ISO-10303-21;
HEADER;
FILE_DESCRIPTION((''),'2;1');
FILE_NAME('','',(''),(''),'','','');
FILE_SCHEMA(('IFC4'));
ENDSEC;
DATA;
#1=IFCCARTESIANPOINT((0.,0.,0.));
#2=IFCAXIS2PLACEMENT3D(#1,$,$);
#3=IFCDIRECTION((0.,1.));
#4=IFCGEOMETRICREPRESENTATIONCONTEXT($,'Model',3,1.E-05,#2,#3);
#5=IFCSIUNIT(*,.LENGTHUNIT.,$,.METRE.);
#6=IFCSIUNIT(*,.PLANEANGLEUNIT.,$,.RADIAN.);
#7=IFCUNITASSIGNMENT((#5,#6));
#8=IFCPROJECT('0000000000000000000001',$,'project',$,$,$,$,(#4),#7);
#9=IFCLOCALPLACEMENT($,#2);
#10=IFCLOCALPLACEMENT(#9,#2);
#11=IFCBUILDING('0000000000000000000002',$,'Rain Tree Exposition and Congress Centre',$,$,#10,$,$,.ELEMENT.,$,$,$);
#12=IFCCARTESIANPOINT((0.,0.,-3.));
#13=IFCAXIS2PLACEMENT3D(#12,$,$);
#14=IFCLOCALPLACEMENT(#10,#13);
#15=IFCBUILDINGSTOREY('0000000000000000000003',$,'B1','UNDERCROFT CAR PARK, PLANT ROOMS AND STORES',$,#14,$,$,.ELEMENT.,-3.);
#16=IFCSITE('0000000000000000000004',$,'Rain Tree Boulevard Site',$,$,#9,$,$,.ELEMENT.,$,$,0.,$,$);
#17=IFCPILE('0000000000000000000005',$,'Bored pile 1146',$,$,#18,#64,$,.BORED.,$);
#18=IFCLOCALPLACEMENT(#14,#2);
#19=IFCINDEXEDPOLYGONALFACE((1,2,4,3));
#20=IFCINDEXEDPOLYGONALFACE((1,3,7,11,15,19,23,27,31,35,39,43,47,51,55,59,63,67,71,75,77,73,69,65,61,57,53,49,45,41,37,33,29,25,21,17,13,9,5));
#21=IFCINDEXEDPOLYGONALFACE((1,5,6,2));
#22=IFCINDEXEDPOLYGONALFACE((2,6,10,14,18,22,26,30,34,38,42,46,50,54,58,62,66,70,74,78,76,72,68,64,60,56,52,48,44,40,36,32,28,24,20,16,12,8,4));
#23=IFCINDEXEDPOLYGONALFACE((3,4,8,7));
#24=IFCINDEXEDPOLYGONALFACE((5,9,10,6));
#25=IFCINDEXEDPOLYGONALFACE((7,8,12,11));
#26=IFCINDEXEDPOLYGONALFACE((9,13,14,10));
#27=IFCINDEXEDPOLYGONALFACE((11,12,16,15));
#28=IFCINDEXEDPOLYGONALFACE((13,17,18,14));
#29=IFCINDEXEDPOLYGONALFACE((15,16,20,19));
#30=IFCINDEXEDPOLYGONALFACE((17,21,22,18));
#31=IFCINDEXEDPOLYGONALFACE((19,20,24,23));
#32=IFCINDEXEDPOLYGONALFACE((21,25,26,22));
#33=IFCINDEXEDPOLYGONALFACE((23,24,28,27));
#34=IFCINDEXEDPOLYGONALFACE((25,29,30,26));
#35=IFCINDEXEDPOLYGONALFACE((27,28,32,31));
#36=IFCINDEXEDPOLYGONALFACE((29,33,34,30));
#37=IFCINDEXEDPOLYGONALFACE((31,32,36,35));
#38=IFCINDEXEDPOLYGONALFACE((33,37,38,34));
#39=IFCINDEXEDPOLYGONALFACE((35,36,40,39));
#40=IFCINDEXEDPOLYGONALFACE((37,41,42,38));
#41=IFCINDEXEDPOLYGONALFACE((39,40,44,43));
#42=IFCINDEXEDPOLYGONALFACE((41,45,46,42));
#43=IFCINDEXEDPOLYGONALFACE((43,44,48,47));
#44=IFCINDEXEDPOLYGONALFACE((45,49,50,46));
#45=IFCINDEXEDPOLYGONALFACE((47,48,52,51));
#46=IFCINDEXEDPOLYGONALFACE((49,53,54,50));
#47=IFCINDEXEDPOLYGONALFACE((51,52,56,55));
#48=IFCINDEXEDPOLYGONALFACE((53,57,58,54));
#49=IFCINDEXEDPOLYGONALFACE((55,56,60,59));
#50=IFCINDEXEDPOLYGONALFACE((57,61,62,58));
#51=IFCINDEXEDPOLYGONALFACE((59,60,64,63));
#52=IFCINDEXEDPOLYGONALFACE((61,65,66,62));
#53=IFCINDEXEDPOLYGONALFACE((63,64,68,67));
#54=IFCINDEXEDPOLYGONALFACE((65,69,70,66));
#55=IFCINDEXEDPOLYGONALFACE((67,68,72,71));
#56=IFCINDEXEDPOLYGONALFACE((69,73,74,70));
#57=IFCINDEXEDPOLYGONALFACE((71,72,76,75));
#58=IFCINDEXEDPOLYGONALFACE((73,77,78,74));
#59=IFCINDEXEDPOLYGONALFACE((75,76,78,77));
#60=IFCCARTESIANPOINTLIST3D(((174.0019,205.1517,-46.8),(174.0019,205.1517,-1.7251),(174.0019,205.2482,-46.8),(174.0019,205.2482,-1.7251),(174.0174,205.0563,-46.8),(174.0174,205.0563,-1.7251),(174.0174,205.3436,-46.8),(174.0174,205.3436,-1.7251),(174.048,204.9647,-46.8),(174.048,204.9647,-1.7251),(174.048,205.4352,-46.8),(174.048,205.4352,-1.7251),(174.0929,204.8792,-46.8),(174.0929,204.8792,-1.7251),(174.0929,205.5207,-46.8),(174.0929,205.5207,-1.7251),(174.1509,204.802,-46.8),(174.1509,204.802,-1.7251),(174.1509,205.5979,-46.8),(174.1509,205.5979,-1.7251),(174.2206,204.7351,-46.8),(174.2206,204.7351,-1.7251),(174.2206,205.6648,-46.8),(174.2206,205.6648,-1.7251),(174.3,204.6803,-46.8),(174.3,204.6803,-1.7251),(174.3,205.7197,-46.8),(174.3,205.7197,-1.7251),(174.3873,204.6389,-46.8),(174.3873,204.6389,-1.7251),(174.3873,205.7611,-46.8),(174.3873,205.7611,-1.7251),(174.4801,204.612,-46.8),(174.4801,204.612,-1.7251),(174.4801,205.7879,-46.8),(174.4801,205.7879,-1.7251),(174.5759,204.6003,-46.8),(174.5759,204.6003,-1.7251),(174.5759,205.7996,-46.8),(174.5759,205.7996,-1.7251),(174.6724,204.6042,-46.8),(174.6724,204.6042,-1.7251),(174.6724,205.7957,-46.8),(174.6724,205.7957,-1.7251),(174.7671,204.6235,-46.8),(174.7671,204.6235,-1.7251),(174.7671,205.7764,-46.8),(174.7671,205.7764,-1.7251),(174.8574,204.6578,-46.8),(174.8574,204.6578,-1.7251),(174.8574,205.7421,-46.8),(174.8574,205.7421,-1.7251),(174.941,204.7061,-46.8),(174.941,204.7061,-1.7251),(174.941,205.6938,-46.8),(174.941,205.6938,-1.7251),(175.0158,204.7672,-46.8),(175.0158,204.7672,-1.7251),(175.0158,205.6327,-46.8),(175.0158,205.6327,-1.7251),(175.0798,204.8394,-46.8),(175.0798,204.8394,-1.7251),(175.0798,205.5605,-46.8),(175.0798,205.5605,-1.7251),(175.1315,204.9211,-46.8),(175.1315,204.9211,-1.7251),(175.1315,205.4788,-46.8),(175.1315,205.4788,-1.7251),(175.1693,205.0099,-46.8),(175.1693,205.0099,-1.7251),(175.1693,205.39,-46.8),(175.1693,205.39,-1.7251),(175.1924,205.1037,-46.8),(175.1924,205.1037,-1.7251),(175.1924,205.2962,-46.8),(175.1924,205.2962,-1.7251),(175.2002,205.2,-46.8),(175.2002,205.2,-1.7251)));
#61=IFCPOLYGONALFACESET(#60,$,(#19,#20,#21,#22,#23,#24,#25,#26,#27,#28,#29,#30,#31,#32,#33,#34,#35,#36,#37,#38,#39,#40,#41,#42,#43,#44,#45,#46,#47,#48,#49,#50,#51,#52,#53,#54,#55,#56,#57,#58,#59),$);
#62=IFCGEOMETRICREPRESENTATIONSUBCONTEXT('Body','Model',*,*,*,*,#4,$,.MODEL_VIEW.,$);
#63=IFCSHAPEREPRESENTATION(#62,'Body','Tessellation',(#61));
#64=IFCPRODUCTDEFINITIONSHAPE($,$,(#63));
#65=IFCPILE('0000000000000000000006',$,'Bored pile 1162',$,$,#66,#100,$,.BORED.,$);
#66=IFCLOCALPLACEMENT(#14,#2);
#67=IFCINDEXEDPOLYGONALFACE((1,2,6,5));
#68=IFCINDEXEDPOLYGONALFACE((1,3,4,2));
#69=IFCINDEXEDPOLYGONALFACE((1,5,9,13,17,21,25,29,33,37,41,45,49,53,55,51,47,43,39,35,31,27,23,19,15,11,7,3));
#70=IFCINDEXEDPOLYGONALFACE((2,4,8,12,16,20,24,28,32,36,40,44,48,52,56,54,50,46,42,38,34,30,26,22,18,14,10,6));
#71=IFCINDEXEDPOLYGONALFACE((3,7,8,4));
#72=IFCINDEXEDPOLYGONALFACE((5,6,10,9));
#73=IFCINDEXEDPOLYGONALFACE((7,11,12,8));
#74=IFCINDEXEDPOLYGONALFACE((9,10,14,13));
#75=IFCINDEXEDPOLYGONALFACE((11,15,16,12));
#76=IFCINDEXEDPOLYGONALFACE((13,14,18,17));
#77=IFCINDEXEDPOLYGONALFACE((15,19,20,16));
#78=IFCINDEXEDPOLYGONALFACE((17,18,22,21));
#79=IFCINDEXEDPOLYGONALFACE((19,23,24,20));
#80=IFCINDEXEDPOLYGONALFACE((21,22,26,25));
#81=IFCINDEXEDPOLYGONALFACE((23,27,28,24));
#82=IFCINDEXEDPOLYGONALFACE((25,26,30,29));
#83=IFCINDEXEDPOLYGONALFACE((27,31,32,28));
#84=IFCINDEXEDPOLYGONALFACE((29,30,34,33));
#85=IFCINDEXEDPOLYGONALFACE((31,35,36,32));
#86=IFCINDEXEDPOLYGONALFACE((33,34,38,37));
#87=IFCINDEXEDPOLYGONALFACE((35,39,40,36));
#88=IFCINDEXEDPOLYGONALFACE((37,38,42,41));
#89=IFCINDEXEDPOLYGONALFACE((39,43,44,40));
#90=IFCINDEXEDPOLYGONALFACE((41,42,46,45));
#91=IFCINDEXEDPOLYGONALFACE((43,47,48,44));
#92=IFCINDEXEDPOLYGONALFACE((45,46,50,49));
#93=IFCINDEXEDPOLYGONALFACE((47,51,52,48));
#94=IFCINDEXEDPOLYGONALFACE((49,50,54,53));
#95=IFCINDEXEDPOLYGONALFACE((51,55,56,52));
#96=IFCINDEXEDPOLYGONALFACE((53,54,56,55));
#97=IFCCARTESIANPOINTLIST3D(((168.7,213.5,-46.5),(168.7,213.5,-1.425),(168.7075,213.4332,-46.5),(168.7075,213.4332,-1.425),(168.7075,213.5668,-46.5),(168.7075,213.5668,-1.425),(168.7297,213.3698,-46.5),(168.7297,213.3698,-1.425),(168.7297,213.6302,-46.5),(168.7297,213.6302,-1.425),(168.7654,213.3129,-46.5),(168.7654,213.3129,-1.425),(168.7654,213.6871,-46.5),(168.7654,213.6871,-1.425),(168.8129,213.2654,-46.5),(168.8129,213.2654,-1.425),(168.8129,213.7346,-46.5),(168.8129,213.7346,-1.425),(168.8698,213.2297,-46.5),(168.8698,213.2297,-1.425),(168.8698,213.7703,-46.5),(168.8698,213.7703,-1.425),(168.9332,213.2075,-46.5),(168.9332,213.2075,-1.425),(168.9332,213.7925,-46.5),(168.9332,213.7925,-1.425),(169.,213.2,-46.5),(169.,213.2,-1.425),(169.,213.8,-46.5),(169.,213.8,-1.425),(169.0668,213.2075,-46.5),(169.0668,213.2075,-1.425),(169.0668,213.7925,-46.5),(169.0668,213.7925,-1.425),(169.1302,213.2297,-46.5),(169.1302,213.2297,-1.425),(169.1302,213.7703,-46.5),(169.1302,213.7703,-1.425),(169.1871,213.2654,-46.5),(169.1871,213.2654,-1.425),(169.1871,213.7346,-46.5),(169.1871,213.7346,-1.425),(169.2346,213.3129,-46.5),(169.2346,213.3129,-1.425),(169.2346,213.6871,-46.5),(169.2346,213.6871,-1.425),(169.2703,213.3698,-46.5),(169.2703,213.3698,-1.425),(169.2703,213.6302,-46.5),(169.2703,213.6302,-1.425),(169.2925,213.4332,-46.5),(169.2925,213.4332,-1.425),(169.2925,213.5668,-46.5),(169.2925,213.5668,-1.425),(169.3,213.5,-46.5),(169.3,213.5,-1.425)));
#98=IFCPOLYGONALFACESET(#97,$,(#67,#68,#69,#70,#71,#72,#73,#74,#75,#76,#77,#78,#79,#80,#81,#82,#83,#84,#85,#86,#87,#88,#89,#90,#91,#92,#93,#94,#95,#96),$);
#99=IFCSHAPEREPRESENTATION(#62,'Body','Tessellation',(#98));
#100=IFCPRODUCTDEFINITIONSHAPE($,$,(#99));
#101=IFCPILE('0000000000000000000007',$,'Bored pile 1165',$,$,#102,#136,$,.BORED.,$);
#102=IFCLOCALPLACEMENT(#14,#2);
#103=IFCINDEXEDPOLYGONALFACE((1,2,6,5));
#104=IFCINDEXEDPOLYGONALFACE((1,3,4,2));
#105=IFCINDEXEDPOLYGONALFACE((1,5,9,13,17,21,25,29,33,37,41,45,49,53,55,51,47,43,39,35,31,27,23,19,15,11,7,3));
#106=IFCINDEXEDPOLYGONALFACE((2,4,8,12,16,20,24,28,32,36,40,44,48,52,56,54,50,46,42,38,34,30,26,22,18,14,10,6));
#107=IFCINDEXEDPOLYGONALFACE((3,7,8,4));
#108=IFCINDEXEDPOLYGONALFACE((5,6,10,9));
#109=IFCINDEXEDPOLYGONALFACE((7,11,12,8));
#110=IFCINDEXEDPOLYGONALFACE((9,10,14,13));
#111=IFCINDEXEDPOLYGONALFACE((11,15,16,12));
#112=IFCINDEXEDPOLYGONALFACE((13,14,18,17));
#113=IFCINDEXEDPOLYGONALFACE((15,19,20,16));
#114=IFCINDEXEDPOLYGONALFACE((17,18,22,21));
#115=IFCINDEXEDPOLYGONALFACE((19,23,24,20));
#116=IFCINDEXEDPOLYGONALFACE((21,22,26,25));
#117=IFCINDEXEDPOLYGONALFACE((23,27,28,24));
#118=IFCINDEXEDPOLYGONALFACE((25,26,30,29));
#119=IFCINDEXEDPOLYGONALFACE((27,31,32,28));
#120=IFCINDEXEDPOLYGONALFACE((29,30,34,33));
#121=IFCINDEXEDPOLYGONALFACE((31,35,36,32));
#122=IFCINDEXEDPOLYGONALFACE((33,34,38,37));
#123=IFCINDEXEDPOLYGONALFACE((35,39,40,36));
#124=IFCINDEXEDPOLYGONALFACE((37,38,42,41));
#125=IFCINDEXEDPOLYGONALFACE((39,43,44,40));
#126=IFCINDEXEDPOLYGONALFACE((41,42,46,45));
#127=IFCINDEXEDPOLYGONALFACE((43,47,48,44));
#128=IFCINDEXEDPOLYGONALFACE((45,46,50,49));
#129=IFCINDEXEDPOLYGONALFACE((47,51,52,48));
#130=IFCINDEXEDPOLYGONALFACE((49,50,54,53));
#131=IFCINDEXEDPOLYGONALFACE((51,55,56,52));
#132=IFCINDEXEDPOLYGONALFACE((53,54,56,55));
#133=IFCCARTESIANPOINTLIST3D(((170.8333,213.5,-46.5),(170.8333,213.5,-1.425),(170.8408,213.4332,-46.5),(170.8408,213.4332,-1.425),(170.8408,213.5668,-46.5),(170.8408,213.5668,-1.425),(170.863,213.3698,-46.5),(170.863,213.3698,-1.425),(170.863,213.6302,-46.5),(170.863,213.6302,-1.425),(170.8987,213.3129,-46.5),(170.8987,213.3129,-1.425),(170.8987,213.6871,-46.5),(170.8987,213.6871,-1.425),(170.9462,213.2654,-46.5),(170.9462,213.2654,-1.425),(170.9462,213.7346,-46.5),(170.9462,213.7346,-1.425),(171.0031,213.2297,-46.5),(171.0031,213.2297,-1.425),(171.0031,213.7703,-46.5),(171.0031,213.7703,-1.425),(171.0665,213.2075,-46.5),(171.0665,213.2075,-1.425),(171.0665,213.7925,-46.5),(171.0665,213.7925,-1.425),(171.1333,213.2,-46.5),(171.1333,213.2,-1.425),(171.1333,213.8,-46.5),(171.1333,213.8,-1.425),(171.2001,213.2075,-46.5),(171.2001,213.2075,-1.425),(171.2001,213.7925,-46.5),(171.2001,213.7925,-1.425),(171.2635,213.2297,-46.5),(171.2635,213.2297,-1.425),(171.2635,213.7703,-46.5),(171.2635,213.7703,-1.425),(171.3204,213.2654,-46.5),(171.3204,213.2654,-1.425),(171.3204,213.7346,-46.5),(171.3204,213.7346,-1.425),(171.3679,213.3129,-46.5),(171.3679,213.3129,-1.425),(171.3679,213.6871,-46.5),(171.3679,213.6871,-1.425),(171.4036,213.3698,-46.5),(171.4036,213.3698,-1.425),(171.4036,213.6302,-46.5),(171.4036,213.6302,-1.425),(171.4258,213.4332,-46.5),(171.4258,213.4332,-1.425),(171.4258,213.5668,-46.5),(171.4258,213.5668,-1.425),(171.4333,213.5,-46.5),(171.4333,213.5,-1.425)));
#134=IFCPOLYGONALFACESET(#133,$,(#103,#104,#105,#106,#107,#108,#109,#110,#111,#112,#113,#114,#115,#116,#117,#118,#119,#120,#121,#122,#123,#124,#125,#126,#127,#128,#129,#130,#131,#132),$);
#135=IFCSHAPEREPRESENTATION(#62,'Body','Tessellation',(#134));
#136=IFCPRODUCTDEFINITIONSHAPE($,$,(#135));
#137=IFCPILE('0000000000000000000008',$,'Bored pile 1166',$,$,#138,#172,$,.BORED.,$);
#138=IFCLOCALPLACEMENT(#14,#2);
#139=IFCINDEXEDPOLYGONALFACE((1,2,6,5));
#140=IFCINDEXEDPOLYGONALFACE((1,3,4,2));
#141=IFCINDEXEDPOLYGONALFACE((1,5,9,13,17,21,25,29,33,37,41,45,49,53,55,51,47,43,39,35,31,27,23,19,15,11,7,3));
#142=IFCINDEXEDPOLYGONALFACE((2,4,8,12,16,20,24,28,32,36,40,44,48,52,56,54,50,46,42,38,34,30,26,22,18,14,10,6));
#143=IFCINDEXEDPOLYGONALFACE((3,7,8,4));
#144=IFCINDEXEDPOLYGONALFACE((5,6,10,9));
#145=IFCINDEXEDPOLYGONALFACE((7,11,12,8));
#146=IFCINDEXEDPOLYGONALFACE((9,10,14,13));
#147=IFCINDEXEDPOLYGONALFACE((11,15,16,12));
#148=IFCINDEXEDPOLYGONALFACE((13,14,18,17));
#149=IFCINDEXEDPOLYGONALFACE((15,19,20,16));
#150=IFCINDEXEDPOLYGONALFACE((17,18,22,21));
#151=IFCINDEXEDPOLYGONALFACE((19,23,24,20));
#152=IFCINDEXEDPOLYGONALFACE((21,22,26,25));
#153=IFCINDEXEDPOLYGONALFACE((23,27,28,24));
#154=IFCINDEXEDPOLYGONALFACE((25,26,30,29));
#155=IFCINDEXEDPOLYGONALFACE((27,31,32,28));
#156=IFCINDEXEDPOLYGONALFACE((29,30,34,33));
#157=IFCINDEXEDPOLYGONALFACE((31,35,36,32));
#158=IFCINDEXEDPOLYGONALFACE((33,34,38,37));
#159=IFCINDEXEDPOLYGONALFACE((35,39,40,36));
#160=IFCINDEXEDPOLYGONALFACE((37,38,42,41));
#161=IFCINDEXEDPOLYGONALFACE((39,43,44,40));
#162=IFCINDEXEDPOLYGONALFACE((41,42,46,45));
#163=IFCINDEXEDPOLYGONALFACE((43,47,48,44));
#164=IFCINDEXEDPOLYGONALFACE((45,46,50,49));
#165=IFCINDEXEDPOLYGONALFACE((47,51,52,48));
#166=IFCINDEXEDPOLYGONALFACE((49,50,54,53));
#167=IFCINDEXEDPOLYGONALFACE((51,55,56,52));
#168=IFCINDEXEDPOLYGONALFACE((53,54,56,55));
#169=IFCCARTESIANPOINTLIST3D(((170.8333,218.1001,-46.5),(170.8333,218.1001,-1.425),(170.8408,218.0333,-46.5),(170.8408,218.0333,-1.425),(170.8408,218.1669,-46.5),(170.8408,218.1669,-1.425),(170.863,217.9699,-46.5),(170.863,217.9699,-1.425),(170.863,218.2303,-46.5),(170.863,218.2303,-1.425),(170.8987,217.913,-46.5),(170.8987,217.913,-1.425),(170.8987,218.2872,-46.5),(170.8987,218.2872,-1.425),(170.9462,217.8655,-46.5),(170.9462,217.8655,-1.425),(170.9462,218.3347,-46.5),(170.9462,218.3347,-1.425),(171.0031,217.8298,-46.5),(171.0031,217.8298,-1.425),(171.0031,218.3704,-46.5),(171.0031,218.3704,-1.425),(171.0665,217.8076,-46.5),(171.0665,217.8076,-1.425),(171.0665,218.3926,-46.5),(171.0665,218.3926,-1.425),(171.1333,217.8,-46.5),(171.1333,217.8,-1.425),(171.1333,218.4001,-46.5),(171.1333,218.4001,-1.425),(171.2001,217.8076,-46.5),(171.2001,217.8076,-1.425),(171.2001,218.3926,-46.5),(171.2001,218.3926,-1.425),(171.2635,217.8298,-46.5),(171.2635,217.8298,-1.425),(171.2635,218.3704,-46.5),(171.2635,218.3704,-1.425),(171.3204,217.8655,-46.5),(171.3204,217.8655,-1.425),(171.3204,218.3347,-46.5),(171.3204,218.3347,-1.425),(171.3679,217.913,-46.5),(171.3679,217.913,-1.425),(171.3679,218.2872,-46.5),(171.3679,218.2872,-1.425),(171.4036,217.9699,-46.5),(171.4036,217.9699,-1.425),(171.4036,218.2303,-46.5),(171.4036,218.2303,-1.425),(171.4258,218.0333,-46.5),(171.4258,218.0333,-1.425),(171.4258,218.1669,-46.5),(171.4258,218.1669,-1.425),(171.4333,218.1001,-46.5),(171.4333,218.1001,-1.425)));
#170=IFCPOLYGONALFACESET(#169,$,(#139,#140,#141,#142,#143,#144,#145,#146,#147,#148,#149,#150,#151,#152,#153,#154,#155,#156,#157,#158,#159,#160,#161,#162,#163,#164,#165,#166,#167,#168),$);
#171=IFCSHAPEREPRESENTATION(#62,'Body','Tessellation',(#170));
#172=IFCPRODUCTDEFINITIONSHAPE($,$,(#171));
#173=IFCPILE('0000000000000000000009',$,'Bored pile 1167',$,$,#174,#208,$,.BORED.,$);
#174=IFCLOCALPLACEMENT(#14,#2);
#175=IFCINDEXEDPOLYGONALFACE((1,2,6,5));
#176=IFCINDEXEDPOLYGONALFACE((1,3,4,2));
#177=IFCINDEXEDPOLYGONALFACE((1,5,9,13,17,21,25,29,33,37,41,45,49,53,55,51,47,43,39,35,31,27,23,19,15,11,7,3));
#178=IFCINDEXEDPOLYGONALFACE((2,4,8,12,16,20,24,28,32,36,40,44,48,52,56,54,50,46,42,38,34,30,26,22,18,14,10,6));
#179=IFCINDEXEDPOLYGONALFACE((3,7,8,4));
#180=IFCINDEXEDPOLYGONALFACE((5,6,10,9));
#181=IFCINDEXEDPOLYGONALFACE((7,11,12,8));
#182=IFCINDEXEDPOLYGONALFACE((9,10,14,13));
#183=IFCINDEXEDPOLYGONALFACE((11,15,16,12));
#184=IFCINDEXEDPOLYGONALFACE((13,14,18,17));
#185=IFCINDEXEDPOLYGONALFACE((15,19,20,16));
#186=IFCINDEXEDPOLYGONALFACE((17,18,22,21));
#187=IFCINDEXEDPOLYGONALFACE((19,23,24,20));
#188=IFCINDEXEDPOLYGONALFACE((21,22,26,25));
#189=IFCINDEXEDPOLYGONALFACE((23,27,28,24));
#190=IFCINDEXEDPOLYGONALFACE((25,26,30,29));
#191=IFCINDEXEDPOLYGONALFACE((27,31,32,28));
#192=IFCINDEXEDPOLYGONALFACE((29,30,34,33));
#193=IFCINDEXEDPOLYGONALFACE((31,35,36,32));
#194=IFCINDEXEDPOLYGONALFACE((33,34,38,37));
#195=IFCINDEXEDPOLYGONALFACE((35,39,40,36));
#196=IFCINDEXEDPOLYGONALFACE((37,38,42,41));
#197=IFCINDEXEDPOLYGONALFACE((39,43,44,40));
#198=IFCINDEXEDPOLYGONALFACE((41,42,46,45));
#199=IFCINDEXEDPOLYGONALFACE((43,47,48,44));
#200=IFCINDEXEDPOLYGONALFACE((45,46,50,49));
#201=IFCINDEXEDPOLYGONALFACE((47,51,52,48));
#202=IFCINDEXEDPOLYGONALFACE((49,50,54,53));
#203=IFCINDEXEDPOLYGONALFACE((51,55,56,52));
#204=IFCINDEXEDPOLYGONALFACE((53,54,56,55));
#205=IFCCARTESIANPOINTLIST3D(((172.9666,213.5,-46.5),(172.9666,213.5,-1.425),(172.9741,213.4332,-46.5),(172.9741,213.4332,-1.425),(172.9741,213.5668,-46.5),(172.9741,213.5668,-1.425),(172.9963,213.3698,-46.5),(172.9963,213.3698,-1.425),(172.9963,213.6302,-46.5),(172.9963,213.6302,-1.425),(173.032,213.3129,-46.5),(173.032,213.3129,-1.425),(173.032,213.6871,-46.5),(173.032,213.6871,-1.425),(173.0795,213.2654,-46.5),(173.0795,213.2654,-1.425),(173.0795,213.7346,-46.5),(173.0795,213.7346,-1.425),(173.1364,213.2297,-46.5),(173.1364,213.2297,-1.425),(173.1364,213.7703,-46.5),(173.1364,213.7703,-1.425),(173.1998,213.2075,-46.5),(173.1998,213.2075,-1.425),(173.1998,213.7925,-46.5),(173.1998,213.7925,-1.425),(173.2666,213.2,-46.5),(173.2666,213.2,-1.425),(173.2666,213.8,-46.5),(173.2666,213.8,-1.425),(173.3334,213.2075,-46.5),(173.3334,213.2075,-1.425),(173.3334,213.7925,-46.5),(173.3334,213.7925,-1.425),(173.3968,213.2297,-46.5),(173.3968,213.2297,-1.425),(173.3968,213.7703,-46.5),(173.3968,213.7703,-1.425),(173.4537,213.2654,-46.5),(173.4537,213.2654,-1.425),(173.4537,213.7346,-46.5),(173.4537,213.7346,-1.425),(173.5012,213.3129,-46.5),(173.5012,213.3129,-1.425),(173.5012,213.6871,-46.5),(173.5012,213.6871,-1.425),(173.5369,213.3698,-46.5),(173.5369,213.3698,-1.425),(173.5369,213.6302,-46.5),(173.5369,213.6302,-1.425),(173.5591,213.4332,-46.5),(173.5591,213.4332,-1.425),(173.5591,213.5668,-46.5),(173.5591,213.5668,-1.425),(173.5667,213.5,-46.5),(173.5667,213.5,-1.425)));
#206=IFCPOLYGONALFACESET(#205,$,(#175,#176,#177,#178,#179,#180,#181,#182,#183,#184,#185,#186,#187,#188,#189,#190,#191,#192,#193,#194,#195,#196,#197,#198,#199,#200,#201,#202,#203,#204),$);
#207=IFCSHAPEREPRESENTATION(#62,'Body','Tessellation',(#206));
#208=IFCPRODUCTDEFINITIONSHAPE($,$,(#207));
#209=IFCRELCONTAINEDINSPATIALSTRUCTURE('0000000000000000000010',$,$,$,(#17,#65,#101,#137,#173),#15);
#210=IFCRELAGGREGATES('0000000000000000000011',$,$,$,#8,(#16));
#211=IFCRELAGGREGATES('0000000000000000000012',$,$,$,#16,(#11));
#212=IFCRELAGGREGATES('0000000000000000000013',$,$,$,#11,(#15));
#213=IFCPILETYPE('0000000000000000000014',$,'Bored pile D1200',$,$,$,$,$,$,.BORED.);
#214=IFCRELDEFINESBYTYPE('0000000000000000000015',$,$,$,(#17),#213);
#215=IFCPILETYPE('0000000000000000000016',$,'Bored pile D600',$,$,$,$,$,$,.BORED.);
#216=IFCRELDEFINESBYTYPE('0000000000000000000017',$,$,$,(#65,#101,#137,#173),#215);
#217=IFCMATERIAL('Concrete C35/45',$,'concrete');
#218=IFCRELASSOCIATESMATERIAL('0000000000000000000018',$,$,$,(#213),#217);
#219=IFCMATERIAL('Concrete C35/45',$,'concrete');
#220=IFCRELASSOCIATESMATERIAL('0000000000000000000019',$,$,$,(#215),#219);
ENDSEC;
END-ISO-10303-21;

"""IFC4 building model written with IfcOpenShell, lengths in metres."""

from ifc_helpers import new_model, si_unit, direction, frame, origin, origin_2d, place, context, subcontext, project, spatial, circle, extrude, material, material_profile, profile_set, type_object, element, save


model = new_model("IFC4")

# Units and contexts
model_context = context("Model", 3, precision=1e-05, world=origin(), true_north=direction((0.0, 1.0)))
body_context = subcontext(model_context, "Body", "Model", "MODEL_VIEW")
ifc_project = project(units=[si_unit("LENGTHUNIT", "METRE"), si_unit("PLANEANGLEUNIT", "RADIAN")], contexts=[model_context])

# Site, building, storey
site_placement = place(None, origin())
site = spatial("IfcSite", under=ifc_project, at=site_placement, Name="Rain Tree Boulevard Site", CompositionType="ELEMENT", RefElevation=0.0)
building_placement = place(site_placement, origin())
building = spatial("IfcBuilding", under=site, at=building_placement, Name="Rain Tree Exposition and Congress Centre", CompositionType="ELEMENT")
storey_placement = place(building_placement, frame((0.0, 0.0, -3.0)))
storey = spatial("IfcBuildingStorey", under=building, at=storey_placement, Name="B1", Description="UNDERCROFT CAR PARK, PLANT ROOMS AND STORES", CompositionType="ELEMENT", Elevation=-3.0)

# Piles
ifc_material_1 = material(Name="Concrete C35/45", Category="concrete")
ifc_material_profile_1 = material_profile(ifc_material_1, circle(Radius=0.6001, at=origin_2d()), Name="D1200")
ifc_profile_set_1 = profile_set([ifc_material_profile_1], Name="Concrete C35/45")
pile_type_1 = type_object("IfcPileType", Name="Bored pile D1200", PredefinedType="BORED", material=ifc_profile_set_1)
for number, where, z_axis, x_axis, name in (
    (1, (174.6001, 205.2, -1.7251), (0.0, 0.0, -1.0), (1.0, 0.0, 0.0), "Bored pile 1146"),
):
    element("IfcPile", number, at=place(storey_placement, frame(where, z_axis=z_axis, x_axis=x_axis)), inside=storey, type_object=pile_type_1, Name=name, PredefinedType="BORED", context=body_context, shape_type="SweptSolid", body=[
        extrude(circle(Radius=0.6001, at=origin_2d()), origin(), (0.0, 0.0, 1.0), 45.075),
    ])
ifc_material_2 = material(Name="Concrete C35/45", Category="concrete")
ifc_material_profile_2 = material_profile(ifc_material_2, circle(Radius=0.3, at=origin_2d()), Name="D600")
ifc_profile_set_2 = profile_set([ifc_material_profile_2], Name="Concrete C35/45")
pile_type_2 = type_object("IfcPileType", Name="Bored pile D600", PredefinedType="BORED", material=ifc_profile_set_2)
for number, where, z_axis, x_axis, name in (
    (2, (169.0, 213.5, -1.425), (0.0, 0.0, -1.0), (1.0, 0.0, 0.0), "Bored pile 1162"),
    (3, (171.1333, 213.5, -1.425), (0.0, 0.0, -1.0), (1.0, 0.0, 0.0), "Bored pile 1165"),
    (4, (171.1333, 218.1001, -1.425), (0.0, 0.0, -1.0), (1.0, 0.0, 0.0), "Bored pile 1166"),
    (5, (173.2666, 213.5, -1.425), (0.0, 0.0, -1.0), (1.0, 0.0, 0.0), "Bored pile 1167"),
):
    element("IfcPile", number, at=place(storey_placement, frame(where, z_axis=z_axis, x_axis=x_axis)), inside=storey, type_object=pile_type_2, Name=name, PredefinedType="BORED", context=body_context, shape_type="SweptSolid", body=[
        extrude(circle(Radius=0.3, at=origin_2d()), origin(), (0.0, 0.0, 1.0), 45.075),
    ])

save(model, "model.ifc")
